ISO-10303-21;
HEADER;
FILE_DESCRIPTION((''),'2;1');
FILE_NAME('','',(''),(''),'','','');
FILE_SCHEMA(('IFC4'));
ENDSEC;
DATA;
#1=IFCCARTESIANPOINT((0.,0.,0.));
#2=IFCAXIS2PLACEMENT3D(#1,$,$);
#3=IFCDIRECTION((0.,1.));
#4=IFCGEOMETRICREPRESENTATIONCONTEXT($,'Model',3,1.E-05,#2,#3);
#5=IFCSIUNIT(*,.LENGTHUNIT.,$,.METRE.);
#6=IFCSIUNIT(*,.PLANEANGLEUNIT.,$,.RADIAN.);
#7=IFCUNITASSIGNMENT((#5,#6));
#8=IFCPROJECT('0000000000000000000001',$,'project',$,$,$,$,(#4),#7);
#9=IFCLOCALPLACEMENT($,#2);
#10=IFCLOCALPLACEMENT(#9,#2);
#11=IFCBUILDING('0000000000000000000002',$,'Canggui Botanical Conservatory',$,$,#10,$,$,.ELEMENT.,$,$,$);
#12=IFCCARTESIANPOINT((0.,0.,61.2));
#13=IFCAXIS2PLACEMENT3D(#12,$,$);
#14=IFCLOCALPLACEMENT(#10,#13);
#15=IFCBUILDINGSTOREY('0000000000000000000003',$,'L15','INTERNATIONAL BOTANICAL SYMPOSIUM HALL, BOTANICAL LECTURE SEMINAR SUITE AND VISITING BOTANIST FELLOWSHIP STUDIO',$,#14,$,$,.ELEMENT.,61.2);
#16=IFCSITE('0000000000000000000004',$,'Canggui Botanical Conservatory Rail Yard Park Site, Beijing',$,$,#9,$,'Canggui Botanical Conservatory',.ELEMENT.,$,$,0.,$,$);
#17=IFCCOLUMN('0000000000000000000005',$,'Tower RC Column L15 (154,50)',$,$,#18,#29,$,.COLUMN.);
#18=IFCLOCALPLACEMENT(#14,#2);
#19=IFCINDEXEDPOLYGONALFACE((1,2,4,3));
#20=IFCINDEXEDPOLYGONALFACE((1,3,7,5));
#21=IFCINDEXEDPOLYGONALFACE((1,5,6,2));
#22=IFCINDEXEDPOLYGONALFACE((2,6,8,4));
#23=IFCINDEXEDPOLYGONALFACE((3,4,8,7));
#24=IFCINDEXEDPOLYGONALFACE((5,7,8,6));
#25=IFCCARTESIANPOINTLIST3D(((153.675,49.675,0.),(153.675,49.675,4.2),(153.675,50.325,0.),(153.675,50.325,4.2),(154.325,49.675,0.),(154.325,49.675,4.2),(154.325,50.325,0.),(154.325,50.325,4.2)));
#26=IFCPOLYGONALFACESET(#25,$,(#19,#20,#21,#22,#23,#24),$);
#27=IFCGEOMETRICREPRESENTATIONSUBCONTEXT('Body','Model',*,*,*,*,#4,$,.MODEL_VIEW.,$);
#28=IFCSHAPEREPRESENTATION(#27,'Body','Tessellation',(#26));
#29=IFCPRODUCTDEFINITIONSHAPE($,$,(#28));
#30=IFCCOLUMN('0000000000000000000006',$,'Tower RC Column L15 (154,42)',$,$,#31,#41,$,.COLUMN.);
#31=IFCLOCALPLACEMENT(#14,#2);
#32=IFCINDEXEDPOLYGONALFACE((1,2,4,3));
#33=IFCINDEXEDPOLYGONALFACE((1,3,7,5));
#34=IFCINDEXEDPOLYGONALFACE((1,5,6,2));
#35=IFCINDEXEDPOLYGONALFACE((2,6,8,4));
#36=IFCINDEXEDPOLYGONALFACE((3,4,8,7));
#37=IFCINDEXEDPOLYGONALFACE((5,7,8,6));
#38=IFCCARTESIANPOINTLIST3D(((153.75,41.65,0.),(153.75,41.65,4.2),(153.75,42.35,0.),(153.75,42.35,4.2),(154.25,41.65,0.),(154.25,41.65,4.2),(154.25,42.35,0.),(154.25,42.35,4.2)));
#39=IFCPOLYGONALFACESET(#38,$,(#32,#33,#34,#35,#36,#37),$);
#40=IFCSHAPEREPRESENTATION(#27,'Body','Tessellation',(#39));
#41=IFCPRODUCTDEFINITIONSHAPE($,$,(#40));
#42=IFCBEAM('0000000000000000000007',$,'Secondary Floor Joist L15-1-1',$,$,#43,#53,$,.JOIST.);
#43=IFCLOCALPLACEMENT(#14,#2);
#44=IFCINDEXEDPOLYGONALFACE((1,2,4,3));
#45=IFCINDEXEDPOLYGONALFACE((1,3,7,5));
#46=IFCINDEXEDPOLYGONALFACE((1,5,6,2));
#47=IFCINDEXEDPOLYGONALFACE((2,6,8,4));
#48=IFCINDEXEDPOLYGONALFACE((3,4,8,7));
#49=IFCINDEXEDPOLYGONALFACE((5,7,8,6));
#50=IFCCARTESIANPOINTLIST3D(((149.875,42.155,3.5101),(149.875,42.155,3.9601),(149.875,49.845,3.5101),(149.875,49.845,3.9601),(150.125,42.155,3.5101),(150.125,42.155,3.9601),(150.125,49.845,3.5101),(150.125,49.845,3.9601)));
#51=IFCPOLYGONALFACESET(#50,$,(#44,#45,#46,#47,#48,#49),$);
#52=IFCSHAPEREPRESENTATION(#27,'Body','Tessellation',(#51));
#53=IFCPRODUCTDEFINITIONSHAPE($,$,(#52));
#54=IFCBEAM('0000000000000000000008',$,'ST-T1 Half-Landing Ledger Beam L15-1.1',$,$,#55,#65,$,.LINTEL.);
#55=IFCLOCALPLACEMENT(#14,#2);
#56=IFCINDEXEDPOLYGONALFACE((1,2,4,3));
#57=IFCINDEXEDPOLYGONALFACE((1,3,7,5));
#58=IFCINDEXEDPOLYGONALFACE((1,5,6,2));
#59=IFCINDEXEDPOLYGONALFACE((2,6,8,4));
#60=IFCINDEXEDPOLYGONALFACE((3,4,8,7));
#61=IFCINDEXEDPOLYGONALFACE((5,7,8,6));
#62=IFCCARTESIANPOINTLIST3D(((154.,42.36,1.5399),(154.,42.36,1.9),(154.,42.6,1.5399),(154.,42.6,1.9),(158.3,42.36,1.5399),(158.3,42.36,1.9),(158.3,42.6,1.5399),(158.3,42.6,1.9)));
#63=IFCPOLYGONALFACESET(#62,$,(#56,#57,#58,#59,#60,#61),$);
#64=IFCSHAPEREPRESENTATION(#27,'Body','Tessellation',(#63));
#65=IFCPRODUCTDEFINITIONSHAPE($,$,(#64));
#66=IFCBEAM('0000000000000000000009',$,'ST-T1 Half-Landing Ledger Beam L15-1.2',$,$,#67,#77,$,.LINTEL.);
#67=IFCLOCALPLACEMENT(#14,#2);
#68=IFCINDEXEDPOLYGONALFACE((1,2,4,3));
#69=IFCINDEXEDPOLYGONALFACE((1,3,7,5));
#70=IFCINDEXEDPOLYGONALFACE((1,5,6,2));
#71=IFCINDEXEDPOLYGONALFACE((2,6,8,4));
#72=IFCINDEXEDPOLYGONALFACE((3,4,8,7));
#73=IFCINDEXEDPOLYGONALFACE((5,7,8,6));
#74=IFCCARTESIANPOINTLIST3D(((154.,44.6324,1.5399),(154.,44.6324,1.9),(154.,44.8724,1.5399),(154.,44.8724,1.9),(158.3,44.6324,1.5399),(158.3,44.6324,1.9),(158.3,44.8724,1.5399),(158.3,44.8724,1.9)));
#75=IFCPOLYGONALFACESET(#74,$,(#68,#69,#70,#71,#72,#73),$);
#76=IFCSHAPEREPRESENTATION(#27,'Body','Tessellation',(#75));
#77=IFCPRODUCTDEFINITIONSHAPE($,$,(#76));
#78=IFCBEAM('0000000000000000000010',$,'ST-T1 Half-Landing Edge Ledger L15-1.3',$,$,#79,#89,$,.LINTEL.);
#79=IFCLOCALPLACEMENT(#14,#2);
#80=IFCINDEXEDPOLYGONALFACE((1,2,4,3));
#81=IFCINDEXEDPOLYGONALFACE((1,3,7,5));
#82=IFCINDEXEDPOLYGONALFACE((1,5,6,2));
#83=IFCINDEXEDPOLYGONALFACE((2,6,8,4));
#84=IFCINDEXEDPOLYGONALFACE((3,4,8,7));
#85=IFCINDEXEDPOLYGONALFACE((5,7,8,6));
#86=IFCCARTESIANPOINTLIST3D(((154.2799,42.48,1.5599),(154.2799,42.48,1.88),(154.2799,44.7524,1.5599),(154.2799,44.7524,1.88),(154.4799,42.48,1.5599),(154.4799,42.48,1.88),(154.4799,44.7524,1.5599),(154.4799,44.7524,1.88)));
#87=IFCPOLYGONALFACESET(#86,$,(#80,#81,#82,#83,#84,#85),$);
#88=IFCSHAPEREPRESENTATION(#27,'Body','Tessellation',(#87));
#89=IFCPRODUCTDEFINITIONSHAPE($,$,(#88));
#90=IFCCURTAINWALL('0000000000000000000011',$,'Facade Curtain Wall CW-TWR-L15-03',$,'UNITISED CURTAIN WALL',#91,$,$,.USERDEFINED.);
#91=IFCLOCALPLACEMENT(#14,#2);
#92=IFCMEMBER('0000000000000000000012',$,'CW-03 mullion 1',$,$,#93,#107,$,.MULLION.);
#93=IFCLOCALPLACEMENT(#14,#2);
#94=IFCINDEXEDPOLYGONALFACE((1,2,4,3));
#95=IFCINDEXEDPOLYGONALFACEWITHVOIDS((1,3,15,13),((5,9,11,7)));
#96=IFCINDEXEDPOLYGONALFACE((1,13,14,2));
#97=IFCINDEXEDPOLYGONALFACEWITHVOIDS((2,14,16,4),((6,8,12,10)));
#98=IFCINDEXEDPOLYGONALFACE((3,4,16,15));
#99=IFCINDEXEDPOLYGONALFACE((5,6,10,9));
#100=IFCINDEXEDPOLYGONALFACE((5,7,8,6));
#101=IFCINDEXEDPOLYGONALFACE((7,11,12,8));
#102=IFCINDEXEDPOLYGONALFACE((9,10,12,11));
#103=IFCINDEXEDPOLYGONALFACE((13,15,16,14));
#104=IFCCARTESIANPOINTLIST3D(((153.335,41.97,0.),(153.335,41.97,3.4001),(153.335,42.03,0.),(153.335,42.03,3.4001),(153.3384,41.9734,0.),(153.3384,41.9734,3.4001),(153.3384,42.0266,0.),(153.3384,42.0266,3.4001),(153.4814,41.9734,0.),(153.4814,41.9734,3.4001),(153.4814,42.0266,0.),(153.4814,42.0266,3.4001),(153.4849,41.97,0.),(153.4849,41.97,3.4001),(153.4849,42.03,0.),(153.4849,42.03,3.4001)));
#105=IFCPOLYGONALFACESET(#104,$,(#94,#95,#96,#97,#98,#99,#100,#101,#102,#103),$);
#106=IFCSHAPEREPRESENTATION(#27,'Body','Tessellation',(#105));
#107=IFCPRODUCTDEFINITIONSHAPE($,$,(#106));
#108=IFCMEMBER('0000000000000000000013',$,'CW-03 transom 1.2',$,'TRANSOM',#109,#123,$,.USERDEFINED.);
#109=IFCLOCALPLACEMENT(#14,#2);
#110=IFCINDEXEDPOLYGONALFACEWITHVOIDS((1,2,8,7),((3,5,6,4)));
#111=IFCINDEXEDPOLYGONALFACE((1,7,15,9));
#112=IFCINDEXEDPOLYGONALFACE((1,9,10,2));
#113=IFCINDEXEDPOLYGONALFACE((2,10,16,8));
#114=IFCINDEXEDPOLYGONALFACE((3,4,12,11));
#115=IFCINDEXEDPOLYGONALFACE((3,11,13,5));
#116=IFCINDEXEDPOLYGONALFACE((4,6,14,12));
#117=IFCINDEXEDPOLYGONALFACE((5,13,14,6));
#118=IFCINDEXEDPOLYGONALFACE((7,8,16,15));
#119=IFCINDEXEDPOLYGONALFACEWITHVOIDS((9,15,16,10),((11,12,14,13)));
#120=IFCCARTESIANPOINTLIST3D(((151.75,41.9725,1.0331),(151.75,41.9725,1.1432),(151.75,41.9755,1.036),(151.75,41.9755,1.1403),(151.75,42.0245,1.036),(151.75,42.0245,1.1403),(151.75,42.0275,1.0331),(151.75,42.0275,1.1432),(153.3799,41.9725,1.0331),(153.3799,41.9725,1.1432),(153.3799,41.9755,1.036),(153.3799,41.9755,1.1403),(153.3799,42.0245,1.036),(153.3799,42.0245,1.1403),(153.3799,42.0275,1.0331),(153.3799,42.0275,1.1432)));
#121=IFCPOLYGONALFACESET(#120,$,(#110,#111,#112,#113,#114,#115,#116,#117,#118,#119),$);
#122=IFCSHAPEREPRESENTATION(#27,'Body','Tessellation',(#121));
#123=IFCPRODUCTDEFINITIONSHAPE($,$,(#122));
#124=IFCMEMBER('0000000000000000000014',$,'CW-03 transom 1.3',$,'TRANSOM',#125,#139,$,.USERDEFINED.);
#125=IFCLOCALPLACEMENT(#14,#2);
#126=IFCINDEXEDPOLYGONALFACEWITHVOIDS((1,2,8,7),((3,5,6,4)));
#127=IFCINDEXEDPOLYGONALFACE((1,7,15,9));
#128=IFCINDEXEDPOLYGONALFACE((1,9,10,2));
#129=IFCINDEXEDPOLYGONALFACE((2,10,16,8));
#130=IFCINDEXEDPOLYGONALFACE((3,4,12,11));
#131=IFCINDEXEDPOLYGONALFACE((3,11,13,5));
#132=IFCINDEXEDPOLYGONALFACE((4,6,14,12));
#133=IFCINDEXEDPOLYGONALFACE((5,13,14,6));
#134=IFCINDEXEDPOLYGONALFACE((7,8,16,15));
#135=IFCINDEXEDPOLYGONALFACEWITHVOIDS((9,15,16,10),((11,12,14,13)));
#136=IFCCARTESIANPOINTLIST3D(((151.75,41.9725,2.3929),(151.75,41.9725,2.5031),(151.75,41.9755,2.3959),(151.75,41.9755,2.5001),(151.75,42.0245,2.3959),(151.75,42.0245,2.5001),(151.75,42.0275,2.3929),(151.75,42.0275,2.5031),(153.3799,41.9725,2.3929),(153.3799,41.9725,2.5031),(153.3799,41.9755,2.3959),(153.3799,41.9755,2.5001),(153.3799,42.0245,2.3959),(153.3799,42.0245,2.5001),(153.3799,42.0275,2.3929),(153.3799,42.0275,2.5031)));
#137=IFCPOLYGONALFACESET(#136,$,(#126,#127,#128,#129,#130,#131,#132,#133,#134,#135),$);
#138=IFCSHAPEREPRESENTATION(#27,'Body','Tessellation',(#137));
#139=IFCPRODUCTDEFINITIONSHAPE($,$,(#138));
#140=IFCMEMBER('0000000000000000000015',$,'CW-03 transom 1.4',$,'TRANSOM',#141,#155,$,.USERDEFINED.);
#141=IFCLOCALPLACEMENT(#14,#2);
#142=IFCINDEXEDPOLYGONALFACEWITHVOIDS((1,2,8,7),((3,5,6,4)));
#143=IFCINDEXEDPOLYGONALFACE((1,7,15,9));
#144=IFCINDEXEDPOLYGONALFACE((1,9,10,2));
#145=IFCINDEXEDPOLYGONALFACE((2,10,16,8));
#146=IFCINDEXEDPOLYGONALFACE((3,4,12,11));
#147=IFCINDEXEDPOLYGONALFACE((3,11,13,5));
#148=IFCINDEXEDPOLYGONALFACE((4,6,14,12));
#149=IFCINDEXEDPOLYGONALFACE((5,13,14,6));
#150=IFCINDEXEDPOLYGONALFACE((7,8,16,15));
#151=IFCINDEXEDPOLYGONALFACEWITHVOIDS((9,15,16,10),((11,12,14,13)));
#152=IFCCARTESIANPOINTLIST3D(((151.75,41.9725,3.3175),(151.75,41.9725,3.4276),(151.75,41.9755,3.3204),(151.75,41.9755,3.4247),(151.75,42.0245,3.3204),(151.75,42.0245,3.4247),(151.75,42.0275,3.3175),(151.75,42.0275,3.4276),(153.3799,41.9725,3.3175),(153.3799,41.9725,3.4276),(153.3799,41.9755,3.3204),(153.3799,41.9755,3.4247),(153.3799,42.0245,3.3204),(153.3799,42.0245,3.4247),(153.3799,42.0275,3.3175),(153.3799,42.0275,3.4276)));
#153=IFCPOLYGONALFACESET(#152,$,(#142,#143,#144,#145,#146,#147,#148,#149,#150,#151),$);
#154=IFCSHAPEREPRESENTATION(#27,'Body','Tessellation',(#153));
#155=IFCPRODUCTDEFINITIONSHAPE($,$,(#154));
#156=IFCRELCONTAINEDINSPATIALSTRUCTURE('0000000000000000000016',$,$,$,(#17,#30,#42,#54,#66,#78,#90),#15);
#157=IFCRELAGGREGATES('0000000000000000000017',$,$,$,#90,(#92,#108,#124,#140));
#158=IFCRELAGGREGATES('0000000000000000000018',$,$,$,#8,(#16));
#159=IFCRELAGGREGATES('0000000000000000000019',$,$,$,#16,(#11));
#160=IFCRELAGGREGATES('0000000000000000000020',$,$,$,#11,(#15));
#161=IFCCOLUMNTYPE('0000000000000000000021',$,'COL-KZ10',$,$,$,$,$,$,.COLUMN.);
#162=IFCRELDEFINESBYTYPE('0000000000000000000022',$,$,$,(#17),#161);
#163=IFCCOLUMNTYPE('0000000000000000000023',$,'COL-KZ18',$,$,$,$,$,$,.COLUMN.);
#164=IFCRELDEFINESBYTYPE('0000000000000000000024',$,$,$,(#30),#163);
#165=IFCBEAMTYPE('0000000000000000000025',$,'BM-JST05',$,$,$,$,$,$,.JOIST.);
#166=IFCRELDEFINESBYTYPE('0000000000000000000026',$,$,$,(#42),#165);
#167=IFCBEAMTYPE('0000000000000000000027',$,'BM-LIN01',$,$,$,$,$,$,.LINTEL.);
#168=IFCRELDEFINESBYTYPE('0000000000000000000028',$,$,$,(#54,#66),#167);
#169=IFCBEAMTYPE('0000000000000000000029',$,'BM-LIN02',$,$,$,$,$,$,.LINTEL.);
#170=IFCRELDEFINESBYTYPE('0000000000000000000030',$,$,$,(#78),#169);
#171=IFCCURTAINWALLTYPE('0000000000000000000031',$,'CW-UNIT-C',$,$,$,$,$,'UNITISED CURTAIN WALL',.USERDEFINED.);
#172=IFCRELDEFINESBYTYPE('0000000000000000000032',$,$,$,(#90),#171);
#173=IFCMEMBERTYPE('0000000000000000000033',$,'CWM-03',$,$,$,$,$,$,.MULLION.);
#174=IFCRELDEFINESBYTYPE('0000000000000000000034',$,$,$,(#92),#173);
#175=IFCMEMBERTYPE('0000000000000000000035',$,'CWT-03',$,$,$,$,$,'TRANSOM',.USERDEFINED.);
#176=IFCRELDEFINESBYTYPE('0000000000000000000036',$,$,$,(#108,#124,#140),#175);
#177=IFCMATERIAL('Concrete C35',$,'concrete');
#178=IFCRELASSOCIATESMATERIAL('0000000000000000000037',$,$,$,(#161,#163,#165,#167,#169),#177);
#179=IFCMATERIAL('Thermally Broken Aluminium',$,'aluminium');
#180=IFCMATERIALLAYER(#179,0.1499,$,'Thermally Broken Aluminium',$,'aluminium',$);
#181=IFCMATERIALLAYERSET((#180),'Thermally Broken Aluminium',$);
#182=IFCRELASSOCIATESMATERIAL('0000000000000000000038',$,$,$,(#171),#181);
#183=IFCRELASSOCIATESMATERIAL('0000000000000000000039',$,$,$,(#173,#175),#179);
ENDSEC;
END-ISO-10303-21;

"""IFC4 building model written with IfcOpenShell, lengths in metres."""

from ifc_helpers import new_model, si_unit, direction, frame, origin, origin_2d, place, context, subcontext, project, spatial, rectangle, hollow_rectangle, extrude, material, layer, layer_set, material_profile, profile_set, type_object, element, aggregate, save


model = new_model("IFC4")

# Units and contexts
model_context = context("Model", 3, precision=1e-05, world=origin(), true_north=direction((0.0, 1.0)))
body_context = subcontext(model_context, "Body", "Model", "MODEL_VIEW")
ifc_project = project(units=[si_unit("LENGTHUNIT", "METRE"), si_unit("PLANEANGLEUNIT", "RADIAN")], contexts=[model_context])

# Site, building, storey
site_placement = place(None, origin())
site = spatial("IfcSite", under=ifc_project, at=site_placement, Name="Canggui Botanical Conservatory Rail Yard Park Site, Beijing", LongName="Canggui Botanical Conservatory", CompositionType="ELEMENT", RefElevation=0.0)
building_placement = place(site_placement, origin())
building = spatial("IfcBuilding", under=site, at=building_placement, Name="Canggui Botanical Conservatory", CompositionType="ELEMENT")
storey_placement = place(building_placement, frame((0.0, 0.0, 61.2)))
storey = spatial("IfcBuildingStorey", under=building, at=storey_placement, Name="L15", Description="INTERNATIONAL BOTANICAL SYMPOSIUM HALL, BOTANICAL LECTURE SEMINAR SUITE AND VISITING BOTANIST FELLOWSHIP STUDIO", CompositionType="ELEMENT", Elevation=61.2)

# Columns
ifc_material_1 = material(Name="Concrete C35", Category="concrete")
ifc_material_profile_1 = material_profile(ifc_material_1, rectangle(XDim=0.6499, YDim=0.6499, at=origin_2d()), Name="RC 650x650")
ifc_profile_set_1 = profile_set([ifc_material_profile_1], Name="Concrete C35")
column_type_1 = type_object("IfcColumnType", Name="COL-KZ10", PredefinedType="COLUMN", material=ifc_profile_set_1)
column_1_placement = place(storey_placement, frame((154.0, 50.0, 0.0), z_axis=(0.0, 0.0, 1.0), x_axis=(1.0, 0.0, 0.0)))
element("IfcColumn", 1, at=column_1_placement, inside=storey, type_object=column_type_1, Name="Tower RC Column L15 (154,50)", PredefinedType="COLUMN", context=body_context, shape_type="SweptSolid", body=[
    extrude(rectangle(XDim=0.6499, YDim=0.6499, at=origin_2d()), origin(), (0.0, 0.0, 1.0), 4.2),
])
ifc_material_profile_2 = material_profile(ifc_material_1, rectangle(XDim=0.5, YDim=0.7, at=origin_2d()), Name="RC 500x700")
ifc_profile_set_2 = profile_set([ifc_material_profile_2], Name="Concrete C35")
column_type_2 = type_object("IfcColumnType", Name="COL-KZ18", PredefinedType="COLUMN", material=ifc_profile_set_2)
column_2_placement = place(storey_placement, frame((154.0, 42.0, 0.0), z_axis=(0.0, 0.0, 1.0), x_axis=(1.0, 0.0, 0.0)))
element("IfcColumn", 2, at=column_2_placement, inside=storey, type_object=column_type_2, Name="Tower RC Column L15 (154,42)", PredefinedType="COLUMN", context=body_context, shape_type="SweptSolid", body=[
    extrude(rectangle(XDim=0.5, YDim=0.7, at=origin_2d()), origin(), (0.0, 0.0, 1.0), 4.2),
])

# Beams
ifc_material_profile_3 = material_profile(ifc_material_1, rectangle(XDim=0.25, YDim=0.45, at=origin_2d()), Name="RB 250x450")
ifc_profile_set_3 = profile_set([ifc_material_profile_3], Name="Concrete C35")
beam_type_1 = type_object("IfcBeamType", Name="BM-JST05", PredefinedType="JOIST", material=ifc_profile_set_3)
beam_1_placement = place(storey_placement, frame((150.0, 42.155, 3.7351), z_axis=(0.0, 1.0, 0.0), x_axis=(-1.0, 0.0, 0.0)))
element("IfcBeam", 3, at=beam_1_placement, inside=storey, type_object=beam_type_1, Name="Secondary Floor Joist L15-1-1", PredefinedType="JOIST", context=body_context, shape_type="SweptSolid", body=[
    extrude(rectangle(XDim=0.25, YDim=0.45, at=origin_2d()), origin(), (0.0, 0.0, 1.0), 7.6899),
])
ifc_material_profile_4 = material_profile(ifc_material_1, rectangle(XDim=0.24, YDim=0.3601, at=origin_2d()), Name="RB 240x360")
ifc_profile_set_4 = profile_set([ifc_material_profile_4], Name="Concrete C35")
beam_type_2 = type_object("IfcBeamType", Name="BM-LIN01", PredefinedType="LINTEL", material=ifc_profile_set_4)
for number, where, z_axis, x_axis, name in (
    (4, (154.0, 42.48, 1.72), (1.0, 0.0, 0.0), (0.0, 1.0, 0.0), "ST-T1 Half-Landing Ledger Beam L15-1.1"),
    (5, (154.0, 44.7524, 1.72), (1.0, 0.0, 0.0), (0.0, 1.0, 0.0), "ST-T1 Half-Landing Ledger Beam L15-1.2"),
):
    element("IfcBeam", number, at=place(storey_placement, frame(where, z_axis=z_axis, x_axis=x_axis)), inside=storey, type_object=beam_type_2, Name=name, PredefinedType="LINTEL", context=body_context, shape_type="SweptSolid", body=[
        extrude(rectangle(XDim=0.24, YDim=0.3601, at=origin_2d()), origin(), (0.0, 0.0, 1.0), 4.3),
    ])
ifc_material_profile_5 = material_profile(ifc_material_1, rectangle(XDim=0.2, YDim=0.3201, at=origin_2d()), Name="RB 200x320")
ifc_profile_set_5 = profile_set([ifc_material_profile_5], Name="Concrete C35")
beam_type_3 = type_object("IfcBeamType", Name="BM-LIN02", PredefinedType="LINTEL", material=ifc_profile_set_5)
beam_2_placement = place(storey_placement, frame((154.3799, 42.48, 1.72), z_axis=(0.0, 1.0, 0.0), x_axis=(-1.0, 0.0, 0.0)))
element("IfcBeam", 6, at=beam_2_placement, inside=storey, type_object=beam_type_3, Name="ST-T1 Half-Landing Edge Ledger L15-1.3", PredefinedType="LINTEL", context=body_context, shape_type="SweptSolid", body=[
    extrude(rectangle(XDim=0.2, YDim=0.3201, at=origin_2d()), origin(), (0.0, 0.0, 1.0), 2.2725),
])

# Curtain wall, members
ifc_material_2 = material(Name="Thermally Broken Aluminium", Category="aluminium")
ifc_layer_1 = layer(ifc_material_2, 0.1499, Name="Thermally Broken Aluminium", Category="aluminium")
ifc_layer_set_1 = layer_set([ifc_layer_1], Name="Thermally Broken Aluminium")
curtain_wall_type = type_object("IfcCurtainWallType", Name="CW-UNIT-C", ElementType="UNITISED CURTAIN WALL", PredefinedType="USERDEFINED", material=ifc_layer_set_1)
curtain_wall_placement = place(storey_placement, origin())
curtain_wall = element("IfcCurtainWall", 7, at=curtain_wall_placement, inside=storey, type_object=curtain_wall_type, Name="Facade Curtain Wall CW-TWR-L15-03", ObjectType="UNITISED CURTAIN WALL", PredefinedType="USERDEFINED")
ifc_material_profile_6 = material_profile(ifc_material_2, hollow_rectangle(XDim=0.0601, YDim=0.1499, WallThickness=0.0034, at=origin_2d()), Name="CWM 60x150x3.5")
ifc_profile_set_6 = profile_set([ifc_material_profile_6], Name="Thermally Broken Aluminium")
member_type_1 = type_object("IfcMemberType", Name="CWM-03", PredefinedType="MULLION", material=ifc_profile_set_6)
member_1_placement = place(storey_placement, frame((153.4099, 42.0, 0.0), z_axis=(0.0, 0.0, 1.0), x_axis=(0.0, -1.0, 0.0)))
member_1 = element("IfcMember", 8, at=member_1_placement, type_object=member_type_1, Name="CW-03 mullion 1", PredefinedType="MULLION", context=body_context, shape_type="SweptSolid", body=[
    extrude(hollow_rectangle(XDim=0.0601, YDim=0.1499, WallThickness=0.0034, at=origin_2d()), origin(), (0.0, 0.0, 1.0), 3.4001),
])
ifc_material_profile_7 = material_profile(ifc_material_2, hollow_rectangle(XDim=0.0549, YDim=0.1101, WallThickness=0.0029, at=origin_2d()), Name="CWT 55x110x3")
ifc_profile_set_7 = profile_set([ifc_material_profile_7], Name="Thermally Broken Aluminium")
member_type_2 = type_object("IfcMemberType", Name="CWT-03", ElementType="TRANSOM", PredefinedType="USERDEFINED", material=ifc_profile_set_7)
member_2_placement = place(storey_placement, frame((153.3799, 42.0, 1.0881), z_axis=(-1.0, 0.0, 0.0), x_axis=(0.0, -1.0, 0.0)))
member_2 = element("IfcMember", 9, at=member_2_placement, type_object=member_type_2, Name="CW-03 transom 1.2", ObjectType="TRANSOM", PredefinedType="USERDEFINED", context=body_context, shape_type="SweptSolid", body=[
    extrude(hollow_rectangle(XDim=0.0549, YDim=0.1101, WallThickness=0.0029, at=origin_2d()), origin(), (0.0, 0.0, 1.0), 1.6299),
])
member_3_placement = place(storey_placement, frame((153.3799, 42.0, 2.448), z_axis=(-1.0, 0.0, 0.0), x_axis=(0.0, -1.0, 0.0)))
member_3 = element("IfcMember", 10, at=member_3_placement, type_object=member_type_2, Name="CW-03 transom 1.3", ObjectType="TRANSOM", PredefinedType="USERDEFINED", context=body_context, shape_type="SweptSolid", body=[
    extrude(hollow_rectangle(XDim=0.0549, YDim=0.1101, WallThickness=0.0029, at=origin_2d()), origin(), (0.0, 0.0, 1.0), 1.6299),
])
member_4_placement = place(storey_placement, frame((153.3799, 42.0, 3.3726), z_axis=(-1.0, 0.0, 0.0), x_axis=(0.0, -1.0, 0.0)))
member_4 = element("IfcMember", 11, at=member_4_placement, type_object=member_type_2, Name="CW-03 transom 1.4", ObjectType="TRANSOM", PredefinedType="USERDEFINED", context=body_context, shape_type="SweptSolid", body=[
    extrude(hollow_rectangle(XDim=0.0549, YDim=0.1101, WallThickness=0.0029, at=origin_2d()), origin(), (0.0, 0.0, 1.0), 1.6299),
])
aggregate(curtain_wall, [member_1, member_2, member_3, member_4])

save(model, "model.ifc")
